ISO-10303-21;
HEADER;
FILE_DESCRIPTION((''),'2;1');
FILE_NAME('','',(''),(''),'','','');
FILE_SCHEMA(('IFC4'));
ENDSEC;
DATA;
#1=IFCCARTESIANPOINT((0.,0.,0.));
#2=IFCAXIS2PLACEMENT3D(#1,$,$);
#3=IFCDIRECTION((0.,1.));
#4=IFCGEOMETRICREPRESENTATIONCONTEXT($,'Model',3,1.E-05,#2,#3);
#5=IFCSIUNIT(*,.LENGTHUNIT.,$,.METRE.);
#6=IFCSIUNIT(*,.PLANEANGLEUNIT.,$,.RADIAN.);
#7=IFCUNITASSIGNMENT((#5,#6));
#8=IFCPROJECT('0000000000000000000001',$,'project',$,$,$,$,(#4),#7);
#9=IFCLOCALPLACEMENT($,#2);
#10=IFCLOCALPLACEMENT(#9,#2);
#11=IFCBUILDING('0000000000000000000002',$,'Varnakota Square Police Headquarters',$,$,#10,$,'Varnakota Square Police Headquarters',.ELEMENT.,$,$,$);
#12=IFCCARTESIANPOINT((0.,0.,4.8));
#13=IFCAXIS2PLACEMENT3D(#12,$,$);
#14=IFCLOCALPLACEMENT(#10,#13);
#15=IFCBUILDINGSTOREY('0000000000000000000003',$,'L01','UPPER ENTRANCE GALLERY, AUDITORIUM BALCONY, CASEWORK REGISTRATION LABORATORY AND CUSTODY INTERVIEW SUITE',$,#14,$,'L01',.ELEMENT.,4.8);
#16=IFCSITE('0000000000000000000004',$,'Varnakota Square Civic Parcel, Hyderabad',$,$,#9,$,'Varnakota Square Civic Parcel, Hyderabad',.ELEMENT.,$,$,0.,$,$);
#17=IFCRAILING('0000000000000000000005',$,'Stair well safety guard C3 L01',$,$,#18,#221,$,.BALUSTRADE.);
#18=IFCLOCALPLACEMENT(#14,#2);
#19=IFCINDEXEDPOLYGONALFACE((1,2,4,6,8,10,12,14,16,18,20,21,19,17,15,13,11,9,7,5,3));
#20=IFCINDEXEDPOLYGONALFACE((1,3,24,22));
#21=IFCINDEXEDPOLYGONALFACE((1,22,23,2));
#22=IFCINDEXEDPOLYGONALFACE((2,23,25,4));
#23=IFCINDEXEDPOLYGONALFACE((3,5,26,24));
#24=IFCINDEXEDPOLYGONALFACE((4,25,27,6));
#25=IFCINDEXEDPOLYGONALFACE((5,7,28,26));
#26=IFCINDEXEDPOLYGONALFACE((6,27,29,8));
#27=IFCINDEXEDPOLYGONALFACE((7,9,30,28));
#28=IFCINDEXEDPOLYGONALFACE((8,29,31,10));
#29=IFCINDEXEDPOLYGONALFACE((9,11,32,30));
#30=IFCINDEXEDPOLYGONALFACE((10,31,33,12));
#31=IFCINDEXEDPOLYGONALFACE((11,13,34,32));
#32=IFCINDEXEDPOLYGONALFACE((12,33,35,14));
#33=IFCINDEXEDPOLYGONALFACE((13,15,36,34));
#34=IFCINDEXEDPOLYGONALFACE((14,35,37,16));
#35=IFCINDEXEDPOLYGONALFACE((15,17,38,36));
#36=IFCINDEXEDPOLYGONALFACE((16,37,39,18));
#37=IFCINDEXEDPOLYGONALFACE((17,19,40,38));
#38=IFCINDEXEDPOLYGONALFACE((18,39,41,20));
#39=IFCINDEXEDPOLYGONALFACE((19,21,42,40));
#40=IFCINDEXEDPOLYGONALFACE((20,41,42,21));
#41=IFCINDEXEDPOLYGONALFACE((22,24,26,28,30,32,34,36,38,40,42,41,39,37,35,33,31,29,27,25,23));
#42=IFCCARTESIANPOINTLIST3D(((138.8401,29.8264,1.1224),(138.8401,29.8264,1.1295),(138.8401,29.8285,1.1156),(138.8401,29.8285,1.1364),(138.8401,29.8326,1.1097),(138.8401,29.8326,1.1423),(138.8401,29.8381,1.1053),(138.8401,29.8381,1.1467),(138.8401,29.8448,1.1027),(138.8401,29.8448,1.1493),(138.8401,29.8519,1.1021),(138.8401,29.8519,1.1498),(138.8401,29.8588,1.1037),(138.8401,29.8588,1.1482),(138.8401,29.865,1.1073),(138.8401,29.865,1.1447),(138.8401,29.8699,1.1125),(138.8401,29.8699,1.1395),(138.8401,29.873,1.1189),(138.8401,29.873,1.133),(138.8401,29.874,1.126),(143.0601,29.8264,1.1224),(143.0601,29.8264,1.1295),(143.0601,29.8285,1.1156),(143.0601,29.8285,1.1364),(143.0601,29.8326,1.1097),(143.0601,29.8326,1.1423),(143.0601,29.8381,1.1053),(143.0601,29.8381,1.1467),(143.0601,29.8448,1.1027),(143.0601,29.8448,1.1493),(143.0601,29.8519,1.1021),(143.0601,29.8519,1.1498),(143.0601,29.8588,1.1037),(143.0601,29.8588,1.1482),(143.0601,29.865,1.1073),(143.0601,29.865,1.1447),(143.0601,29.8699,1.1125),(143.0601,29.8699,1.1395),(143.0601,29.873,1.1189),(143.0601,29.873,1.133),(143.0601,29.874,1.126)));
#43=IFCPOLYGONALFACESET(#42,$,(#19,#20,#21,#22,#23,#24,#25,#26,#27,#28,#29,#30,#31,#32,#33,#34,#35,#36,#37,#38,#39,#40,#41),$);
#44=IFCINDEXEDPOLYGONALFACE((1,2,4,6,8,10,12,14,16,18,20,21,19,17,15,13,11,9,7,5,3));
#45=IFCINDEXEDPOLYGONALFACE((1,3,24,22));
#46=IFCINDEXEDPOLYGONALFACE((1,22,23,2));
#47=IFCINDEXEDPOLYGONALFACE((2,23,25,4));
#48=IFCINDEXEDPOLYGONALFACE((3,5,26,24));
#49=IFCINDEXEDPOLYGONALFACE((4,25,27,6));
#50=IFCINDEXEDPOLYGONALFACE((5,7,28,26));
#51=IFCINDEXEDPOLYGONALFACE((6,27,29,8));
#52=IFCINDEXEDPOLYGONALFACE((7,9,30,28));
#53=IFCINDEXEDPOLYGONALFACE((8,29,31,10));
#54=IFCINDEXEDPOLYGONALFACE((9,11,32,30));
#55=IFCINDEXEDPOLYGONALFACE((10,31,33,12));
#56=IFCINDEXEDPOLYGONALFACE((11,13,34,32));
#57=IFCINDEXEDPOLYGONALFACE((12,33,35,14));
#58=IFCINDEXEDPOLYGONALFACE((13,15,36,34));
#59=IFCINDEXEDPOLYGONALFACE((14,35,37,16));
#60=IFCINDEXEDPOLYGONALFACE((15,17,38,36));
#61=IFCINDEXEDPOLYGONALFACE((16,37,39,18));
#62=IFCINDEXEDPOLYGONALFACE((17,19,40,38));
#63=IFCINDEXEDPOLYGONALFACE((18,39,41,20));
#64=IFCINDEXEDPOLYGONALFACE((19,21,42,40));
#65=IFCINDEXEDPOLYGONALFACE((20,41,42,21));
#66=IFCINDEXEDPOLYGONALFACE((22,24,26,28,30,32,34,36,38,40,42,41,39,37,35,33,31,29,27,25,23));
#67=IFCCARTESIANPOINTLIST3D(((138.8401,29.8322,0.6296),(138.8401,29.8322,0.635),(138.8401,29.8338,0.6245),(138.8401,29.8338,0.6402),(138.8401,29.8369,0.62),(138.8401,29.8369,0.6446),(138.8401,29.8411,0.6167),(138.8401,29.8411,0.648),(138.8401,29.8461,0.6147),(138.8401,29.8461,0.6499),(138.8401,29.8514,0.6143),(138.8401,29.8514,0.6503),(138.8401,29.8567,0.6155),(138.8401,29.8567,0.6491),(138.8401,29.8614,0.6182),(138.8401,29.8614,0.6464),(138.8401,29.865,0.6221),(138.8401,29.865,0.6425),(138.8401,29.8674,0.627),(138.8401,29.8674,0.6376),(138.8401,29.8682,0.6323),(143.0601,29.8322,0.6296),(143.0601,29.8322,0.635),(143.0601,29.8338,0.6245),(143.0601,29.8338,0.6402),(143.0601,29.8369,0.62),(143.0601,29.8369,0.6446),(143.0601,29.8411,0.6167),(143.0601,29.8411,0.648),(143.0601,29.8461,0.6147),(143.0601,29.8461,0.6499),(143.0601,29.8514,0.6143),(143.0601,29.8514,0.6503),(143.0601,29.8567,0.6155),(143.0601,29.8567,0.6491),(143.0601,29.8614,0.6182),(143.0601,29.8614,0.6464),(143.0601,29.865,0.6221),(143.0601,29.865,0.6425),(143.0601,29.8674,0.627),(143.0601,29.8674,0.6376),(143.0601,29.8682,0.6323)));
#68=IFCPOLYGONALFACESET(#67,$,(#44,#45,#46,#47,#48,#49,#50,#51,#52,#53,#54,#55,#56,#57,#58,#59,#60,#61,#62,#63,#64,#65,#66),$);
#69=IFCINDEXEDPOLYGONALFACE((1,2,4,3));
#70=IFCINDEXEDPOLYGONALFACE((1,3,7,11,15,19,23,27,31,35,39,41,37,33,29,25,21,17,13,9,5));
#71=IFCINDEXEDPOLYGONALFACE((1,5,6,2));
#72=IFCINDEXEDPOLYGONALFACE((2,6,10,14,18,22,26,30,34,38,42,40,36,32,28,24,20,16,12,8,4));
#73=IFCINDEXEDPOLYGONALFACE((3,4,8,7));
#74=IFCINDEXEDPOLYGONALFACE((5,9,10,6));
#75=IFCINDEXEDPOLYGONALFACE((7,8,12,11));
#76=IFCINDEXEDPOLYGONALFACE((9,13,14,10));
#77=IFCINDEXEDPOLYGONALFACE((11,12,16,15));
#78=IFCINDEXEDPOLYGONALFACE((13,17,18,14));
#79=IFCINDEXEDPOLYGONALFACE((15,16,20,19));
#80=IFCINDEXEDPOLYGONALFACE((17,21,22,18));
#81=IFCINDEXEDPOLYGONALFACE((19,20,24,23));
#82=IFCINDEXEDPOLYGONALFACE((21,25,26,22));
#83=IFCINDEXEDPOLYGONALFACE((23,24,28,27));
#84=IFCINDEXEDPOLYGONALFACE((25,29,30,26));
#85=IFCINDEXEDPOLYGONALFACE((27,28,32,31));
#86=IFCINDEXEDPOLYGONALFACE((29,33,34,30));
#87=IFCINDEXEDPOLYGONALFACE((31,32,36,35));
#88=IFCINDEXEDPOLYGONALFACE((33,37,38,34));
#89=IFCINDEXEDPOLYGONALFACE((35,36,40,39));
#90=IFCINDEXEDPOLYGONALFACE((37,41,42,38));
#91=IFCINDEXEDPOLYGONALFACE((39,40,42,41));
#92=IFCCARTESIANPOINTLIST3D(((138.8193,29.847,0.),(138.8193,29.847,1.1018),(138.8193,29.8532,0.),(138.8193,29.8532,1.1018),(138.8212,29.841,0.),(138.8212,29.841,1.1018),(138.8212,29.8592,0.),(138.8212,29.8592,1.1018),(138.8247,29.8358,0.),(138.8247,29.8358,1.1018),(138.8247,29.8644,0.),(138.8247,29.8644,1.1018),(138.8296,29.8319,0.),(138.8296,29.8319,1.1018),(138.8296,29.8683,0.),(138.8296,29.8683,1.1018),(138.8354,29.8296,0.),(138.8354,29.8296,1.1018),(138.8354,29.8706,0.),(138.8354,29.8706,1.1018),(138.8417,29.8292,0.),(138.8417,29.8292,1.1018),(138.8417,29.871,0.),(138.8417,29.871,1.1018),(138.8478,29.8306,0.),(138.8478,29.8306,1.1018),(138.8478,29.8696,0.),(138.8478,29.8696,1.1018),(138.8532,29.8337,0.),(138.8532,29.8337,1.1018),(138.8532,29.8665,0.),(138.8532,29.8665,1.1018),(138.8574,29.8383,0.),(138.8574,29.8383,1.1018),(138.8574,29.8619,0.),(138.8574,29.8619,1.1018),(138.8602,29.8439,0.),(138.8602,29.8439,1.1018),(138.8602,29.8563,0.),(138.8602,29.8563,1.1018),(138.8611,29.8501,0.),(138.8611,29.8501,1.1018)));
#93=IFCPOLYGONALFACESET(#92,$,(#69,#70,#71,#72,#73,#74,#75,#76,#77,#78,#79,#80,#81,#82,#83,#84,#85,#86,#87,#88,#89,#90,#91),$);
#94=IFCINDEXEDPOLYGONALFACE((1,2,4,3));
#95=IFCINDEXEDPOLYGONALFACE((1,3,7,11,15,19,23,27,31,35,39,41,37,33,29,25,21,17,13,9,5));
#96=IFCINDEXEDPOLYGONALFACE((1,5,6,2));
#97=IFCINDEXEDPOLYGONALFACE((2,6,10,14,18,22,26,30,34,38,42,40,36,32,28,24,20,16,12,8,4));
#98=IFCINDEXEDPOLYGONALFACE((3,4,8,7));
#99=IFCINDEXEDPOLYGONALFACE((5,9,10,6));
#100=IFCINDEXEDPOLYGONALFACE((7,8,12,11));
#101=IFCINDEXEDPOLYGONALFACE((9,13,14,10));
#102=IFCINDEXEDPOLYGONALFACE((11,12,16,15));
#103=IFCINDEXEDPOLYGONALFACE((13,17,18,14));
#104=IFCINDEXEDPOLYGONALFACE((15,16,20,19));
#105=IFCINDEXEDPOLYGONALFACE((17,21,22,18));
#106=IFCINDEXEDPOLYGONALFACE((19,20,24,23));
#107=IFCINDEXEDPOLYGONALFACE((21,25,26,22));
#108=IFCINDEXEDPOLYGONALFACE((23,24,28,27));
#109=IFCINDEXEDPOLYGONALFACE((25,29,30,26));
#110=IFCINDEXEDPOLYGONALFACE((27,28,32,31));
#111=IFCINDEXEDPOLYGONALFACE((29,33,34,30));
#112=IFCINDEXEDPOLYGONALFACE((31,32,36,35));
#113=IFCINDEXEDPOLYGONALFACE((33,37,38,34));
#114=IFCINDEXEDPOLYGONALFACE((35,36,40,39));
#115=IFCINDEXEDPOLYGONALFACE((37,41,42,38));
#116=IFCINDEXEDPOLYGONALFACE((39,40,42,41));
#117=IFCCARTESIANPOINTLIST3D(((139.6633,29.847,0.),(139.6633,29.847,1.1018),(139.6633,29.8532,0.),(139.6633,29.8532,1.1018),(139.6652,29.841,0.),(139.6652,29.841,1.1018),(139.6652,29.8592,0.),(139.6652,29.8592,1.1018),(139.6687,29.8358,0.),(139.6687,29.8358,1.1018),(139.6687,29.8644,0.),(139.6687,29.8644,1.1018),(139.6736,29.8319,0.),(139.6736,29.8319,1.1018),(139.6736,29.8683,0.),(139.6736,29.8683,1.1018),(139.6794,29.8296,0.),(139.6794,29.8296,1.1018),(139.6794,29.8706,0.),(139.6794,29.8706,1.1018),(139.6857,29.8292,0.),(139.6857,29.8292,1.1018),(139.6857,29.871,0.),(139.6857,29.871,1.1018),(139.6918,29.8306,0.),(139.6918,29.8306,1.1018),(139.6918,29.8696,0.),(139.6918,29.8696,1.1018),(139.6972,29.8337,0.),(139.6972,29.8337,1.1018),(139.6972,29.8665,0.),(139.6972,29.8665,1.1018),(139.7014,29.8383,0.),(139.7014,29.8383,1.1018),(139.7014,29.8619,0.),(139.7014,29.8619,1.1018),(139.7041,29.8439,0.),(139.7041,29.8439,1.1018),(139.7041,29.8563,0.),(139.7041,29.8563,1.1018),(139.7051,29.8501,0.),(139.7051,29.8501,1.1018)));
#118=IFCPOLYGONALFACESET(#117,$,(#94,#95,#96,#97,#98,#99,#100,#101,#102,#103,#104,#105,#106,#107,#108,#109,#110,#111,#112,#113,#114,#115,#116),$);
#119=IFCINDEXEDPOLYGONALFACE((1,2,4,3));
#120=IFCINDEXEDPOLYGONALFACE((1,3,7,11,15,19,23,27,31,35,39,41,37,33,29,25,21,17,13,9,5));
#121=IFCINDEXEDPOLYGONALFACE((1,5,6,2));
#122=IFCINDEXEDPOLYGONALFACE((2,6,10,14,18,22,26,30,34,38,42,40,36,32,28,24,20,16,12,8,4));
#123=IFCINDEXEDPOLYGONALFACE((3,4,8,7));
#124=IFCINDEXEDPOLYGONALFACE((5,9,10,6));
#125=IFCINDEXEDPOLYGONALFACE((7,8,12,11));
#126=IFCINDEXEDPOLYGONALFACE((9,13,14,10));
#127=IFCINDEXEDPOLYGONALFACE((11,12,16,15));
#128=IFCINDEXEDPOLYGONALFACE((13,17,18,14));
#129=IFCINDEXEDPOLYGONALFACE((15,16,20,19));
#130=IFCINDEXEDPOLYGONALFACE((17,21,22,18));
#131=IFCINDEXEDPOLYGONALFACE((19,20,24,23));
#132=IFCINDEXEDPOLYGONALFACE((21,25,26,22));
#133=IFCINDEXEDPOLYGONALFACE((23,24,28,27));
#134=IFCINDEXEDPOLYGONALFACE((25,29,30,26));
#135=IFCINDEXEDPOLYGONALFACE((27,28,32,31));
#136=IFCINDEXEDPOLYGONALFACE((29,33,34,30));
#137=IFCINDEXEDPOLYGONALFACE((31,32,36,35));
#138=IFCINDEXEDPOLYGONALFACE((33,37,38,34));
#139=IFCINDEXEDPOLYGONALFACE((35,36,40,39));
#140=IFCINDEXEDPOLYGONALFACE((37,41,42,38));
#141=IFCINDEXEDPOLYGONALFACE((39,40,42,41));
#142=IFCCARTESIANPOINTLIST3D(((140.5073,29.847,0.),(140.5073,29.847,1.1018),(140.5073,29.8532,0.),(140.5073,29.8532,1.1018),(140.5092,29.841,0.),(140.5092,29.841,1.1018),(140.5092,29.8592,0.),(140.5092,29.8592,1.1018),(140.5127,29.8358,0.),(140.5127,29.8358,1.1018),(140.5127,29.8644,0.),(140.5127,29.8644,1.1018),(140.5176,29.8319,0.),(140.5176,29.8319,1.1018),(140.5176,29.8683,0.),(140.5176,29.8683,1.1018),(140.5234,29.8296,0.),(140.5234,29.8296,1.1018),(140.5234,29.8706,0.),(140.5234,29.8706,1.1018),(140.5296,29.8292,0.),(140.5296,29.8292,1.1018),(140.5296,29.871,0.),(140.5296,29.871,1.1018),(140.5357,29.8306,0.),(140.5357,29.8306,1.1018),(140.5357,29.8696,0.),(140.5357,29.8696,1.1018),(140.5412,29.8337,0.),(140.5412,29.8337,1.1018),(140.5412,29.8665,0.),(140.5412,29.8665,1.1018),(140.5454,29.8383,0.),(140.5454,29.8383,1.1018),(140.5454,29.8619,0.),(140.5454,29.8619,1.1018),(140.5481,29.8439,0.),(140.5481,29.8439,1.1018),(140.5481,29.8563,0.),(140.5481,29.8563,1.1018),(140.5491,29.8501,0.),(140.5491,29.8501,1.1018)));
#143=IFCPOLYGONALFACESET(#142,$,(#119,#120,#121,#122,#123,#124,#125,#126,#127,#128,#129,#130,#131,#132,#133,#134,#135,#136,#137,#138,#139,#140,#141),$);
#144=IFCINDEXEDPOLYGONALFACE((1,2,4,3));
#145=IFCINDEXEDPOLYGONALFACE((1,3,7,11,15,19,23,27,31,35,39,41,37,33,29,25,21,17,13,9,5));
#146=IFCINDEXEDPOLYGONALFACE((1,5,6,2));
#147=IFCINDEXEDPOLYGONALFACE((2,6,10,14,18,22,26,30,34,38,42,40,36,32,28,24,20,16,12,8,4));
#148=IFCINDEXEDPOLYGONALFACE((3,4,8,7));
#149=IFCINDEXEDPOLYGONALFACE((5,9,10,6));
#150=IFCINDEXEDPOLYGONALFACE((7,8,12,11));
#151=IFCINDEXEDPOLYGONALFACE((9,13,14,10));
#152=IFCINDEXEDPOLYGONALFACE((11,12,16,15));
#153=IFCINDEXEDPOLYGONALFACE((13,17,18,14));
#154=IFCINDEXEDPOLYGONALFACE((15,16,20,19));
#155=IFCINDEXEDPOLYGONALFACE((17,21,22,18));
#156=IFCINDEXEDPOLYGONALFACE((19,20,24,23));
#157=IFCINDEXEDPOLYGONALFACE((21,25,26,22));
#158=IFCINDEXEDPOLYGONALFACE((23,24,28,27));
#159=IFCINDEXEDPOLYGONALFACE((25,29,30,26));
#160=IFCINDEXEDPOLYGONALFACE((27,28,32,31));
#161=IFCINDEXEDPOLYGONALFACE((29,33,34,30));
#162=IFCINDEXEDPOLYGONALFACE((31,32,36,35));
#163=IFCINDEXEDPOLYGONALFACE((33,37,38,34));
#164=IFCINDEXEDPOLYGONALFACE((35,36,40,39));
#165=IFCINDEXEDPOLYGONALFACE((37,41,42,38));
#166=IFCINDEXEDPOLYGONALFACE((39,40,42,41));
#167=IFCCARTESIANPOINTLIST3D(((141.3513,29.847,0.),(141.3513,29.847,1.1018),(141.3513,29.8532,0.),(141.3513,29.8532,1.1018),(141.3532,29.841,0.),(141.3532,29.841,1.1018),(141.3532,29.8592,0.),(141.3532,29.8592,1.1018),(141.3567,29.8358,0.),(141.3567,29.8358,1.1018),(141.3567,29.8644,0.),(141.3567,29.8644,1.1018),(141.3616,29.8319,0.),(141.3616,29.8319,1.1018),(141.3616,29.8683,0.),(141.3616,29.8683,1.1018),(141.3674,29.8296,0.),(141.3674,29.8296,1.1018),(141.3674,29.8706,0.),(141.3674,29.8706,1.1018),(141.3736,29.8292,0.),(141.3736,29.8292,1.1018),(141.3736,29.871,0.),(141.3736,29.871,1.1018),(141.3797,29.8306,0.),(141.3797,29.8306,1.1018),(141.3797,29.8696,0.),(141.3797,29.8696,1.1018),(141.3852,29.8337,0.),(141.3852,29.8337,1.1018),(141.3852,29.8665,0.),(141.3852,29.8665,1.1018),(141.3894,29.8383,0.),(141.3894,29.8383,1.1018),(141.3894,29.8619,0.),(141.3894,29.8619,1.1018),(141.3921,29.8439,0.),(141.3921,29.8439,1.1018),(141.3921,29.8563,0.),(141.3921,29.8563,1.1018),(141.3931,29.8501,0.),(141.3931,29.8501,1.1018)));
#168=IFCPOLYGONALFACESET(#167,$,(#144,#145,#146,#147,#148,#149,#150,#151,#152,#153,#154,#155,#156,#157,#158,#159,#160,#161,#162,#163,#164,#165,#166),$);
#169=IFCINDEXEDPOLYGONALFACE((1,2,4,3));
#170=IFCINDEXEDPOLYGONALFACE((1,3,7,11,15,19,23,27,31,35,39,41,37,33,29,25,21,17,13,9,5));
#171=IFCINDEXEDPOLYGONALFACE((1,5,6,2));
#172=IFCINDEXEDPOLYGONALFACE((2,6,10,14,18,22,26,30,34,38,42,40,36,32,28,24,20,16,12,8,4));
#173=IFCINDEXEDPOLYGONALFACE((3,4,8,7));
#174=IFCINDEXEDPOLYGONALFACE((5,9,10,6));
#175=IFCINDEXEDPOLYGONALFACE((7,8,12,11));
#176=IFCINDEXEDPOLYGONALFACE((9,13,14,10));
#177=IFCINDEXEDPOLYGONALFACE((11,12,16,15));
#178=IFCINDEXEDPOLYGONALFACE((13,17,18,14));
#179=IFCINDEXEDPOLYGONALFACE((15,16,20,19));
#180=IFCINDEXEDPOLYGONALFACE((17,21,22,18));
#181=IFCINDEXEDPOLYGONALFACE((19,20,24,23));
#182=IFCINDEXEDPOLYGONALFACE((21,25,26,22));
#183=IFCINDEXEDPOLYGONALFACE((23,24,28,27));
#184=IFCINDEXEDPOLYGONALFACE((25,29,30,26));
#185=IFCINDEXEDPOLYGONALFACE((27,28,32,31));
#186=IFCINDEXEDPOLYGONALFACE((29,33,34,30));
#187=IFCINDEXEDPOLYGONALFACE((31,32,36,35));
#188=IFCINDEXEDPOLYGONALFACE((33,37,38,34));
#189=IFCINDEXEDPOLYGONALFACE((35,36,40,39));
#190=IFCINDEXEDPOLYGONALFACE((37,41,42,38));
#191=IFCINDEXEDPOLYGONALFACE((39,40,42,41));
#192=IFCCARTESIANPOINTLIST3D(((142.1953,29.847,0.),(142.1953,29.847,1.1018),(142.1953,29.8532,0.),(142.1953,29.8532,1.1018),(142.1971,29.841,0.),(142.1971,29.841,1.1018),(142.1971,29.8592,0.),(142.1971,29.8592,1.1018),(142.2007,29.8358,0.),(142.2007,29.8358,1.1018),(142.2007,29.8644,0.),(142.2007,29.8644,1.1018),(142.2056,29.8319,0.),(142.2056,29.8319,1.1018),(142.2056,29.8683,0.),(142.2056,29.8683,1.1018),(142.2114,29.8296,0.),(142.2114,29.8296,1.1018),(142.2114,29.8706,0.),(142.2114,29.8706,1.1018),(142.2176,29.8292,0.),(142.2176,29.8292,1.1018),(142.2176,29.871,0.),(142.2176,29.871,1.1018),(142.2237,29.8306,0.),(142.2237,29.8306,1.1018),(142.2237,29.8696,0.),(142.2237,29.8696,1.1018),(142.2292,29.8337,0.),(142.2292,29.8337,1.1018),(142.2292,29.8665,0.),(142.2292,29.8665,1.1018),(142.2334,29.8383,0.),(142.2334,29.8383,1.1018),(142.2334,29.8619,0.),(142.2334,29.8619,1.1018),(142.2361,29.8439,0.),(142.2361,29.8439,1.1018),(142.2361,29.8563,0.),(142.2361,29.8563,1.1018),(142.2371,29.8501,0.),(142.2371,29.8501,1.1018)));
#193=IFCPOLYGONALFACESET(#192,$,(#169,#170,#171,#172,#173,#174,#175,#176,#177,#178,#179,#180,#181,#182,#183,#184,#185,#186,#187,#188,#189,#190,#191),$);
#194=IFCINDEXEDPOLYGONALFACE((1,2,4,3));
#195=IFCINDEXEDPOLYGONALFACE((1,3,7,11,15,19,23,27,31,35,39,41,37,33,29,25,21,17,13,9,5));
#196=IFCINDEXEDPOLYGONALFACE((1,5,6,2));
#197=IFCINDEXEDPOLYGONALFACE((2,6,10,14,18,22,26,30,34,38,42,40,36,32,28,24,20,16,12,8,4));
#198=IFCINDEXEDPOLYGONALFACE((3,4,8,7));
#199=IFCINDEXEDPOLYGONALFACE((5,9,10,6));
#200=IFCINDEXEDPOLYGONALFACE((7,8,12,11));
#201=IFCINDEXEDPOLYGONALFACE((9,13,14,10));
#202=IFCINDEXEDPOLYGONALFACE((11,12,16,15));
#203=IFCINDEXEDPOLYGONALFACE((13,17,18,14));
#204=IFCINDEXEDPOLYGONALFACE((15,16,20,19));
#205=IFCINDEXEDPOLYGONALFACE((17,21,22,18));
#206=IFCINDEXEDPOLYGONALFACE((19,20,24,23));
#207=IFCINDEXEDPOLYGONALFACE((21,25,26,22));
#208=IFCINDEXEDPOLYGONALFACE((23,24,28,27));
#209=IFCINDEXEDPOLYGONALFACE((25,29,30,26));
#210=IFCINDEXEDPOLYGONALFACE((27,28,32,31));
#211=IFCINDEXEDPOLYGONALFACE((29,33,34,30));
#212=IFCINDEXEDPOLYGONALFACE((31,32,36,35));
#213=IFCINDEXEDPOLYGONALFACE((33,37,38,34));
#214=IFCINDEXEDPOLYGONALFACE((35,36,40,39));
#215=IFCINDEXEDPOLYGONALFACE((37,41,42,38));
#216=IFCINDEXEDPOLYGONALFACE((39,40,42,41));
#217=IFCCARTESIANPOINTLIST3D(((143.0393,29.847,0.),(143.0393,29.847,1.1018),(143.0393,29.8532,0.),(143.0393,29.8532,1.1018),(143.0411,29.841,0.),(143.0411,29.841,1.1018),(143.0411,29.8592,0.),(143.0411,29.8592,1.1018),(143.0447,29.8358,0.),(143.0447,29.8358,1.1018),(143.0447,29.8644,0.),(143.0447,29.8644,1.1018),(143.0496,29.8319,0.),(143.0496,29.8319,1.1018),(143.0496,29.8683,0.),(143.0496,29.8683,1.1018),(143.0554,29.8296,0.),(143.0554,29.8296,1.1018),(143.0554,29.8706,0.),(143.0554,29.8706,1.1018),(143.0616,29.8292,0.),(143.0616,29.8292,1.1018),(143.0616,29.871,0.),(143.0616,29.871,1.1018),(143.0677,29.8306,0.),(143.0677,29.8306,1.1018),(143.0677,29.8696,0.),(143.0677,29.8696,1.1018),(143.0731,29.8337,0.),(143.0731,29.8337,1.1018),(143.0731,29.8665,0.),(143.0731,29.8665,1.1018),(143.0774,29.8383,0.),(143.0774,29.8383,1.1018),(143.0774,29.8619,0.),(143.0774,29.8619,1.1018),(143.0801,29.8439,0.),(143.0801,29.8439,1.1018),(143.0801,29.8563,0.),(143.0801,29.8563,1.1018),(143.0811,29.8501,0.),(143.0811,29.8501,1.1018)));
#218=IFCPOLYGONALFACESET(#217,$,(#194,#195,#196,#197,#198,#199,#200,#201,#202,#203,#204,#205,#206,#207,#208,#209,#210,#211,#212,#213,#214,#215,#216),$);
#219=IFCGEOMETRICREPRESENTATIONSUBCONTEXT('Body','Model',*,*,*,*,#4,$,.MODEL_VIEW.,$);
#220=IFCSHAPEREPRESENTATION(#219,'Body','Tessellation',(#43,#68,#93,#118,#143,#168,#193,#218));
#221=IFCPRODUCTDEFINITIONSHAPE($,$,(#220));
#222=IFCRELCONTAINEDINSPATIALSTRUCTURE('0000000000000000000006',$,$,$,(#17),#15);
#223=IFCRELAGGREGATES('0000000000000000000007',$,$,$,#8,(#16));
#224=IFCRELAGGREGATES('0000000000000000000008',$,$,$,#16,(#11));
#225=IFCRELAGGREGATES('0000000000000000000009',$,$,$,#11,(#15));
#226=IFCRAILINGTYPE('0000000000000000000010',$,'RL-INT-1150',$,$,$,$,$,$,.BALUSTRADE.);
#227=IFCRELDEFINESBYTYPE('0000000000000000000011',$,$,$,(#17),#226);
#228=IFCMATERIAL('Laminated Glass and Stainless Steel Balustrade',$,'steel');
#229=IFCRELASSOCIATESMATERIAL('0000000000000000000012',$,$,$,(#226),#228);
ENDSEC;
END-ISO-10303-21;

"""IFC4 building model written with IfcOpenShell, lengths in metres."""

from ifc_helpers import new_model, si_unit, direction, frame, origin, origin_2d, place, context, subcontext, project, spatial, circle, extrude, material, type_object, element, save


model = new_model("IFC4")

# Units and contexts
model_context = context("Model", 3, precision=1e-05, world=origin(), true_north=direction((0.0, 1.0)))
body_context = subcontext(model_context, "Body", "Model", "MODEL_VIEW")
ifc_project = project(units=[si_unit("LENGTHUNIT", "METRE"), si_unit("PLANEANGLEUNIT", "RADIAN")], contexts=[model_context])

# Site, building, storey
site_placement = place(None, origin())
site = spatial("IfcSite", under=ifc_project, at=site_placement, Name="Varnakota Square Civic Parcel, Hyderabad", LongName="Varnakota Square Civic Parcel, Hyderabad", CompositionType="ELEMENT", RefElevation=0.0)
building_placement = place(site_placement, origin())
building = spatial("IfcBuilding", under=site, at=building_placement, Name="Varnakota Square Police Headquarters", LongName="Varnakota Square Police Headquarters", CompositionType="ELEMENT")
storey_placement = place(building_placement, frame((0.0, 0.0, 4.8)))
storey = spatial("IfcBuildingStorey", under=building, at=storey_placement, Name="L01", Description="UPPER ENTRANCE GALLERY, AUDITORIUM BALCONY, CASEWORK REGISTRATION LABORATORY AND CUSTODY INTERVIEW SUITE", LongName="L01", CompositionType="ELEMENT", Elevation=4.8)

# Railing
ifc_material_1 = material(Name="Laminated Glass and Stainless Steel Balustrade", Category="steel")
railing_type_1 = type_object("IfcRailingType", Name="RL-INT-1150", PredefinedType="BALUSTRADE", material=ifc_material_1)
railing_1_placement = place(storey_placement, frame((138.8401, 29.8501, 0.0)))
element("IfcRailing", 1, at=railing_1_placement, inside=storey, type_object=railing_type_1, Name="Stair well safety guard C3 L01", PredefinedType="BALUSTRADE", context=body_context, shape_type="SweptSolid", body=[
    extrude(circle(Radius=0.0239, at=origin_2d()), frame((0.0, 0.0, 1.126), z_axis=(1.0, 0.0, 0.0), x_axis=(0.0, 1.0, 0.0)), (0.0, 0.0, 1.0), 4.22),
    extrude(circle(Radius=0.0181, at=origin_2d()), frame((0.0, 0.0, 0.6323), z_axis=(1.0, 0.0, 0.0), x_axis=(0.0, 1.0, 0.0)), (0.0, 0.0, 1.0), 4.22),
    extrude(circle(Radius=0.021, at=origin_2d()), origin(), (0.0, 0.0, 1.0), 1.1018),
    extrude(circle(Radius=0.021, at=origin_2d()), frame((0.844, 0.0, 0.0)), (0.0, 0.0, 1.0), 1.1018),
    extrude(circle(Radius=0.021, at=origin_2d()), frame((1.688, 0.0, 0.0)), (0.0, 0.0, 1.0), 1.1018),
    extrude(circle(Radius=0.021, at=origin_2d()), frame((2.532, 0.0, 0.0)), (0.0, 0.0, 1.0), 1.1018),
    extrude(circle(Radius=0.021, at=origin_2d()), frame((3.376, 0.0, 0.0)), (0.0, 0.0, 1.0), 1.1018),
    extrude(circle(Radius=0.021, at=origin_2d()), frame((4.22, 0.0, 0.0)), (0.0, 0.0, 1.0), 1.1018),
])

save(model, "model.ifc")
